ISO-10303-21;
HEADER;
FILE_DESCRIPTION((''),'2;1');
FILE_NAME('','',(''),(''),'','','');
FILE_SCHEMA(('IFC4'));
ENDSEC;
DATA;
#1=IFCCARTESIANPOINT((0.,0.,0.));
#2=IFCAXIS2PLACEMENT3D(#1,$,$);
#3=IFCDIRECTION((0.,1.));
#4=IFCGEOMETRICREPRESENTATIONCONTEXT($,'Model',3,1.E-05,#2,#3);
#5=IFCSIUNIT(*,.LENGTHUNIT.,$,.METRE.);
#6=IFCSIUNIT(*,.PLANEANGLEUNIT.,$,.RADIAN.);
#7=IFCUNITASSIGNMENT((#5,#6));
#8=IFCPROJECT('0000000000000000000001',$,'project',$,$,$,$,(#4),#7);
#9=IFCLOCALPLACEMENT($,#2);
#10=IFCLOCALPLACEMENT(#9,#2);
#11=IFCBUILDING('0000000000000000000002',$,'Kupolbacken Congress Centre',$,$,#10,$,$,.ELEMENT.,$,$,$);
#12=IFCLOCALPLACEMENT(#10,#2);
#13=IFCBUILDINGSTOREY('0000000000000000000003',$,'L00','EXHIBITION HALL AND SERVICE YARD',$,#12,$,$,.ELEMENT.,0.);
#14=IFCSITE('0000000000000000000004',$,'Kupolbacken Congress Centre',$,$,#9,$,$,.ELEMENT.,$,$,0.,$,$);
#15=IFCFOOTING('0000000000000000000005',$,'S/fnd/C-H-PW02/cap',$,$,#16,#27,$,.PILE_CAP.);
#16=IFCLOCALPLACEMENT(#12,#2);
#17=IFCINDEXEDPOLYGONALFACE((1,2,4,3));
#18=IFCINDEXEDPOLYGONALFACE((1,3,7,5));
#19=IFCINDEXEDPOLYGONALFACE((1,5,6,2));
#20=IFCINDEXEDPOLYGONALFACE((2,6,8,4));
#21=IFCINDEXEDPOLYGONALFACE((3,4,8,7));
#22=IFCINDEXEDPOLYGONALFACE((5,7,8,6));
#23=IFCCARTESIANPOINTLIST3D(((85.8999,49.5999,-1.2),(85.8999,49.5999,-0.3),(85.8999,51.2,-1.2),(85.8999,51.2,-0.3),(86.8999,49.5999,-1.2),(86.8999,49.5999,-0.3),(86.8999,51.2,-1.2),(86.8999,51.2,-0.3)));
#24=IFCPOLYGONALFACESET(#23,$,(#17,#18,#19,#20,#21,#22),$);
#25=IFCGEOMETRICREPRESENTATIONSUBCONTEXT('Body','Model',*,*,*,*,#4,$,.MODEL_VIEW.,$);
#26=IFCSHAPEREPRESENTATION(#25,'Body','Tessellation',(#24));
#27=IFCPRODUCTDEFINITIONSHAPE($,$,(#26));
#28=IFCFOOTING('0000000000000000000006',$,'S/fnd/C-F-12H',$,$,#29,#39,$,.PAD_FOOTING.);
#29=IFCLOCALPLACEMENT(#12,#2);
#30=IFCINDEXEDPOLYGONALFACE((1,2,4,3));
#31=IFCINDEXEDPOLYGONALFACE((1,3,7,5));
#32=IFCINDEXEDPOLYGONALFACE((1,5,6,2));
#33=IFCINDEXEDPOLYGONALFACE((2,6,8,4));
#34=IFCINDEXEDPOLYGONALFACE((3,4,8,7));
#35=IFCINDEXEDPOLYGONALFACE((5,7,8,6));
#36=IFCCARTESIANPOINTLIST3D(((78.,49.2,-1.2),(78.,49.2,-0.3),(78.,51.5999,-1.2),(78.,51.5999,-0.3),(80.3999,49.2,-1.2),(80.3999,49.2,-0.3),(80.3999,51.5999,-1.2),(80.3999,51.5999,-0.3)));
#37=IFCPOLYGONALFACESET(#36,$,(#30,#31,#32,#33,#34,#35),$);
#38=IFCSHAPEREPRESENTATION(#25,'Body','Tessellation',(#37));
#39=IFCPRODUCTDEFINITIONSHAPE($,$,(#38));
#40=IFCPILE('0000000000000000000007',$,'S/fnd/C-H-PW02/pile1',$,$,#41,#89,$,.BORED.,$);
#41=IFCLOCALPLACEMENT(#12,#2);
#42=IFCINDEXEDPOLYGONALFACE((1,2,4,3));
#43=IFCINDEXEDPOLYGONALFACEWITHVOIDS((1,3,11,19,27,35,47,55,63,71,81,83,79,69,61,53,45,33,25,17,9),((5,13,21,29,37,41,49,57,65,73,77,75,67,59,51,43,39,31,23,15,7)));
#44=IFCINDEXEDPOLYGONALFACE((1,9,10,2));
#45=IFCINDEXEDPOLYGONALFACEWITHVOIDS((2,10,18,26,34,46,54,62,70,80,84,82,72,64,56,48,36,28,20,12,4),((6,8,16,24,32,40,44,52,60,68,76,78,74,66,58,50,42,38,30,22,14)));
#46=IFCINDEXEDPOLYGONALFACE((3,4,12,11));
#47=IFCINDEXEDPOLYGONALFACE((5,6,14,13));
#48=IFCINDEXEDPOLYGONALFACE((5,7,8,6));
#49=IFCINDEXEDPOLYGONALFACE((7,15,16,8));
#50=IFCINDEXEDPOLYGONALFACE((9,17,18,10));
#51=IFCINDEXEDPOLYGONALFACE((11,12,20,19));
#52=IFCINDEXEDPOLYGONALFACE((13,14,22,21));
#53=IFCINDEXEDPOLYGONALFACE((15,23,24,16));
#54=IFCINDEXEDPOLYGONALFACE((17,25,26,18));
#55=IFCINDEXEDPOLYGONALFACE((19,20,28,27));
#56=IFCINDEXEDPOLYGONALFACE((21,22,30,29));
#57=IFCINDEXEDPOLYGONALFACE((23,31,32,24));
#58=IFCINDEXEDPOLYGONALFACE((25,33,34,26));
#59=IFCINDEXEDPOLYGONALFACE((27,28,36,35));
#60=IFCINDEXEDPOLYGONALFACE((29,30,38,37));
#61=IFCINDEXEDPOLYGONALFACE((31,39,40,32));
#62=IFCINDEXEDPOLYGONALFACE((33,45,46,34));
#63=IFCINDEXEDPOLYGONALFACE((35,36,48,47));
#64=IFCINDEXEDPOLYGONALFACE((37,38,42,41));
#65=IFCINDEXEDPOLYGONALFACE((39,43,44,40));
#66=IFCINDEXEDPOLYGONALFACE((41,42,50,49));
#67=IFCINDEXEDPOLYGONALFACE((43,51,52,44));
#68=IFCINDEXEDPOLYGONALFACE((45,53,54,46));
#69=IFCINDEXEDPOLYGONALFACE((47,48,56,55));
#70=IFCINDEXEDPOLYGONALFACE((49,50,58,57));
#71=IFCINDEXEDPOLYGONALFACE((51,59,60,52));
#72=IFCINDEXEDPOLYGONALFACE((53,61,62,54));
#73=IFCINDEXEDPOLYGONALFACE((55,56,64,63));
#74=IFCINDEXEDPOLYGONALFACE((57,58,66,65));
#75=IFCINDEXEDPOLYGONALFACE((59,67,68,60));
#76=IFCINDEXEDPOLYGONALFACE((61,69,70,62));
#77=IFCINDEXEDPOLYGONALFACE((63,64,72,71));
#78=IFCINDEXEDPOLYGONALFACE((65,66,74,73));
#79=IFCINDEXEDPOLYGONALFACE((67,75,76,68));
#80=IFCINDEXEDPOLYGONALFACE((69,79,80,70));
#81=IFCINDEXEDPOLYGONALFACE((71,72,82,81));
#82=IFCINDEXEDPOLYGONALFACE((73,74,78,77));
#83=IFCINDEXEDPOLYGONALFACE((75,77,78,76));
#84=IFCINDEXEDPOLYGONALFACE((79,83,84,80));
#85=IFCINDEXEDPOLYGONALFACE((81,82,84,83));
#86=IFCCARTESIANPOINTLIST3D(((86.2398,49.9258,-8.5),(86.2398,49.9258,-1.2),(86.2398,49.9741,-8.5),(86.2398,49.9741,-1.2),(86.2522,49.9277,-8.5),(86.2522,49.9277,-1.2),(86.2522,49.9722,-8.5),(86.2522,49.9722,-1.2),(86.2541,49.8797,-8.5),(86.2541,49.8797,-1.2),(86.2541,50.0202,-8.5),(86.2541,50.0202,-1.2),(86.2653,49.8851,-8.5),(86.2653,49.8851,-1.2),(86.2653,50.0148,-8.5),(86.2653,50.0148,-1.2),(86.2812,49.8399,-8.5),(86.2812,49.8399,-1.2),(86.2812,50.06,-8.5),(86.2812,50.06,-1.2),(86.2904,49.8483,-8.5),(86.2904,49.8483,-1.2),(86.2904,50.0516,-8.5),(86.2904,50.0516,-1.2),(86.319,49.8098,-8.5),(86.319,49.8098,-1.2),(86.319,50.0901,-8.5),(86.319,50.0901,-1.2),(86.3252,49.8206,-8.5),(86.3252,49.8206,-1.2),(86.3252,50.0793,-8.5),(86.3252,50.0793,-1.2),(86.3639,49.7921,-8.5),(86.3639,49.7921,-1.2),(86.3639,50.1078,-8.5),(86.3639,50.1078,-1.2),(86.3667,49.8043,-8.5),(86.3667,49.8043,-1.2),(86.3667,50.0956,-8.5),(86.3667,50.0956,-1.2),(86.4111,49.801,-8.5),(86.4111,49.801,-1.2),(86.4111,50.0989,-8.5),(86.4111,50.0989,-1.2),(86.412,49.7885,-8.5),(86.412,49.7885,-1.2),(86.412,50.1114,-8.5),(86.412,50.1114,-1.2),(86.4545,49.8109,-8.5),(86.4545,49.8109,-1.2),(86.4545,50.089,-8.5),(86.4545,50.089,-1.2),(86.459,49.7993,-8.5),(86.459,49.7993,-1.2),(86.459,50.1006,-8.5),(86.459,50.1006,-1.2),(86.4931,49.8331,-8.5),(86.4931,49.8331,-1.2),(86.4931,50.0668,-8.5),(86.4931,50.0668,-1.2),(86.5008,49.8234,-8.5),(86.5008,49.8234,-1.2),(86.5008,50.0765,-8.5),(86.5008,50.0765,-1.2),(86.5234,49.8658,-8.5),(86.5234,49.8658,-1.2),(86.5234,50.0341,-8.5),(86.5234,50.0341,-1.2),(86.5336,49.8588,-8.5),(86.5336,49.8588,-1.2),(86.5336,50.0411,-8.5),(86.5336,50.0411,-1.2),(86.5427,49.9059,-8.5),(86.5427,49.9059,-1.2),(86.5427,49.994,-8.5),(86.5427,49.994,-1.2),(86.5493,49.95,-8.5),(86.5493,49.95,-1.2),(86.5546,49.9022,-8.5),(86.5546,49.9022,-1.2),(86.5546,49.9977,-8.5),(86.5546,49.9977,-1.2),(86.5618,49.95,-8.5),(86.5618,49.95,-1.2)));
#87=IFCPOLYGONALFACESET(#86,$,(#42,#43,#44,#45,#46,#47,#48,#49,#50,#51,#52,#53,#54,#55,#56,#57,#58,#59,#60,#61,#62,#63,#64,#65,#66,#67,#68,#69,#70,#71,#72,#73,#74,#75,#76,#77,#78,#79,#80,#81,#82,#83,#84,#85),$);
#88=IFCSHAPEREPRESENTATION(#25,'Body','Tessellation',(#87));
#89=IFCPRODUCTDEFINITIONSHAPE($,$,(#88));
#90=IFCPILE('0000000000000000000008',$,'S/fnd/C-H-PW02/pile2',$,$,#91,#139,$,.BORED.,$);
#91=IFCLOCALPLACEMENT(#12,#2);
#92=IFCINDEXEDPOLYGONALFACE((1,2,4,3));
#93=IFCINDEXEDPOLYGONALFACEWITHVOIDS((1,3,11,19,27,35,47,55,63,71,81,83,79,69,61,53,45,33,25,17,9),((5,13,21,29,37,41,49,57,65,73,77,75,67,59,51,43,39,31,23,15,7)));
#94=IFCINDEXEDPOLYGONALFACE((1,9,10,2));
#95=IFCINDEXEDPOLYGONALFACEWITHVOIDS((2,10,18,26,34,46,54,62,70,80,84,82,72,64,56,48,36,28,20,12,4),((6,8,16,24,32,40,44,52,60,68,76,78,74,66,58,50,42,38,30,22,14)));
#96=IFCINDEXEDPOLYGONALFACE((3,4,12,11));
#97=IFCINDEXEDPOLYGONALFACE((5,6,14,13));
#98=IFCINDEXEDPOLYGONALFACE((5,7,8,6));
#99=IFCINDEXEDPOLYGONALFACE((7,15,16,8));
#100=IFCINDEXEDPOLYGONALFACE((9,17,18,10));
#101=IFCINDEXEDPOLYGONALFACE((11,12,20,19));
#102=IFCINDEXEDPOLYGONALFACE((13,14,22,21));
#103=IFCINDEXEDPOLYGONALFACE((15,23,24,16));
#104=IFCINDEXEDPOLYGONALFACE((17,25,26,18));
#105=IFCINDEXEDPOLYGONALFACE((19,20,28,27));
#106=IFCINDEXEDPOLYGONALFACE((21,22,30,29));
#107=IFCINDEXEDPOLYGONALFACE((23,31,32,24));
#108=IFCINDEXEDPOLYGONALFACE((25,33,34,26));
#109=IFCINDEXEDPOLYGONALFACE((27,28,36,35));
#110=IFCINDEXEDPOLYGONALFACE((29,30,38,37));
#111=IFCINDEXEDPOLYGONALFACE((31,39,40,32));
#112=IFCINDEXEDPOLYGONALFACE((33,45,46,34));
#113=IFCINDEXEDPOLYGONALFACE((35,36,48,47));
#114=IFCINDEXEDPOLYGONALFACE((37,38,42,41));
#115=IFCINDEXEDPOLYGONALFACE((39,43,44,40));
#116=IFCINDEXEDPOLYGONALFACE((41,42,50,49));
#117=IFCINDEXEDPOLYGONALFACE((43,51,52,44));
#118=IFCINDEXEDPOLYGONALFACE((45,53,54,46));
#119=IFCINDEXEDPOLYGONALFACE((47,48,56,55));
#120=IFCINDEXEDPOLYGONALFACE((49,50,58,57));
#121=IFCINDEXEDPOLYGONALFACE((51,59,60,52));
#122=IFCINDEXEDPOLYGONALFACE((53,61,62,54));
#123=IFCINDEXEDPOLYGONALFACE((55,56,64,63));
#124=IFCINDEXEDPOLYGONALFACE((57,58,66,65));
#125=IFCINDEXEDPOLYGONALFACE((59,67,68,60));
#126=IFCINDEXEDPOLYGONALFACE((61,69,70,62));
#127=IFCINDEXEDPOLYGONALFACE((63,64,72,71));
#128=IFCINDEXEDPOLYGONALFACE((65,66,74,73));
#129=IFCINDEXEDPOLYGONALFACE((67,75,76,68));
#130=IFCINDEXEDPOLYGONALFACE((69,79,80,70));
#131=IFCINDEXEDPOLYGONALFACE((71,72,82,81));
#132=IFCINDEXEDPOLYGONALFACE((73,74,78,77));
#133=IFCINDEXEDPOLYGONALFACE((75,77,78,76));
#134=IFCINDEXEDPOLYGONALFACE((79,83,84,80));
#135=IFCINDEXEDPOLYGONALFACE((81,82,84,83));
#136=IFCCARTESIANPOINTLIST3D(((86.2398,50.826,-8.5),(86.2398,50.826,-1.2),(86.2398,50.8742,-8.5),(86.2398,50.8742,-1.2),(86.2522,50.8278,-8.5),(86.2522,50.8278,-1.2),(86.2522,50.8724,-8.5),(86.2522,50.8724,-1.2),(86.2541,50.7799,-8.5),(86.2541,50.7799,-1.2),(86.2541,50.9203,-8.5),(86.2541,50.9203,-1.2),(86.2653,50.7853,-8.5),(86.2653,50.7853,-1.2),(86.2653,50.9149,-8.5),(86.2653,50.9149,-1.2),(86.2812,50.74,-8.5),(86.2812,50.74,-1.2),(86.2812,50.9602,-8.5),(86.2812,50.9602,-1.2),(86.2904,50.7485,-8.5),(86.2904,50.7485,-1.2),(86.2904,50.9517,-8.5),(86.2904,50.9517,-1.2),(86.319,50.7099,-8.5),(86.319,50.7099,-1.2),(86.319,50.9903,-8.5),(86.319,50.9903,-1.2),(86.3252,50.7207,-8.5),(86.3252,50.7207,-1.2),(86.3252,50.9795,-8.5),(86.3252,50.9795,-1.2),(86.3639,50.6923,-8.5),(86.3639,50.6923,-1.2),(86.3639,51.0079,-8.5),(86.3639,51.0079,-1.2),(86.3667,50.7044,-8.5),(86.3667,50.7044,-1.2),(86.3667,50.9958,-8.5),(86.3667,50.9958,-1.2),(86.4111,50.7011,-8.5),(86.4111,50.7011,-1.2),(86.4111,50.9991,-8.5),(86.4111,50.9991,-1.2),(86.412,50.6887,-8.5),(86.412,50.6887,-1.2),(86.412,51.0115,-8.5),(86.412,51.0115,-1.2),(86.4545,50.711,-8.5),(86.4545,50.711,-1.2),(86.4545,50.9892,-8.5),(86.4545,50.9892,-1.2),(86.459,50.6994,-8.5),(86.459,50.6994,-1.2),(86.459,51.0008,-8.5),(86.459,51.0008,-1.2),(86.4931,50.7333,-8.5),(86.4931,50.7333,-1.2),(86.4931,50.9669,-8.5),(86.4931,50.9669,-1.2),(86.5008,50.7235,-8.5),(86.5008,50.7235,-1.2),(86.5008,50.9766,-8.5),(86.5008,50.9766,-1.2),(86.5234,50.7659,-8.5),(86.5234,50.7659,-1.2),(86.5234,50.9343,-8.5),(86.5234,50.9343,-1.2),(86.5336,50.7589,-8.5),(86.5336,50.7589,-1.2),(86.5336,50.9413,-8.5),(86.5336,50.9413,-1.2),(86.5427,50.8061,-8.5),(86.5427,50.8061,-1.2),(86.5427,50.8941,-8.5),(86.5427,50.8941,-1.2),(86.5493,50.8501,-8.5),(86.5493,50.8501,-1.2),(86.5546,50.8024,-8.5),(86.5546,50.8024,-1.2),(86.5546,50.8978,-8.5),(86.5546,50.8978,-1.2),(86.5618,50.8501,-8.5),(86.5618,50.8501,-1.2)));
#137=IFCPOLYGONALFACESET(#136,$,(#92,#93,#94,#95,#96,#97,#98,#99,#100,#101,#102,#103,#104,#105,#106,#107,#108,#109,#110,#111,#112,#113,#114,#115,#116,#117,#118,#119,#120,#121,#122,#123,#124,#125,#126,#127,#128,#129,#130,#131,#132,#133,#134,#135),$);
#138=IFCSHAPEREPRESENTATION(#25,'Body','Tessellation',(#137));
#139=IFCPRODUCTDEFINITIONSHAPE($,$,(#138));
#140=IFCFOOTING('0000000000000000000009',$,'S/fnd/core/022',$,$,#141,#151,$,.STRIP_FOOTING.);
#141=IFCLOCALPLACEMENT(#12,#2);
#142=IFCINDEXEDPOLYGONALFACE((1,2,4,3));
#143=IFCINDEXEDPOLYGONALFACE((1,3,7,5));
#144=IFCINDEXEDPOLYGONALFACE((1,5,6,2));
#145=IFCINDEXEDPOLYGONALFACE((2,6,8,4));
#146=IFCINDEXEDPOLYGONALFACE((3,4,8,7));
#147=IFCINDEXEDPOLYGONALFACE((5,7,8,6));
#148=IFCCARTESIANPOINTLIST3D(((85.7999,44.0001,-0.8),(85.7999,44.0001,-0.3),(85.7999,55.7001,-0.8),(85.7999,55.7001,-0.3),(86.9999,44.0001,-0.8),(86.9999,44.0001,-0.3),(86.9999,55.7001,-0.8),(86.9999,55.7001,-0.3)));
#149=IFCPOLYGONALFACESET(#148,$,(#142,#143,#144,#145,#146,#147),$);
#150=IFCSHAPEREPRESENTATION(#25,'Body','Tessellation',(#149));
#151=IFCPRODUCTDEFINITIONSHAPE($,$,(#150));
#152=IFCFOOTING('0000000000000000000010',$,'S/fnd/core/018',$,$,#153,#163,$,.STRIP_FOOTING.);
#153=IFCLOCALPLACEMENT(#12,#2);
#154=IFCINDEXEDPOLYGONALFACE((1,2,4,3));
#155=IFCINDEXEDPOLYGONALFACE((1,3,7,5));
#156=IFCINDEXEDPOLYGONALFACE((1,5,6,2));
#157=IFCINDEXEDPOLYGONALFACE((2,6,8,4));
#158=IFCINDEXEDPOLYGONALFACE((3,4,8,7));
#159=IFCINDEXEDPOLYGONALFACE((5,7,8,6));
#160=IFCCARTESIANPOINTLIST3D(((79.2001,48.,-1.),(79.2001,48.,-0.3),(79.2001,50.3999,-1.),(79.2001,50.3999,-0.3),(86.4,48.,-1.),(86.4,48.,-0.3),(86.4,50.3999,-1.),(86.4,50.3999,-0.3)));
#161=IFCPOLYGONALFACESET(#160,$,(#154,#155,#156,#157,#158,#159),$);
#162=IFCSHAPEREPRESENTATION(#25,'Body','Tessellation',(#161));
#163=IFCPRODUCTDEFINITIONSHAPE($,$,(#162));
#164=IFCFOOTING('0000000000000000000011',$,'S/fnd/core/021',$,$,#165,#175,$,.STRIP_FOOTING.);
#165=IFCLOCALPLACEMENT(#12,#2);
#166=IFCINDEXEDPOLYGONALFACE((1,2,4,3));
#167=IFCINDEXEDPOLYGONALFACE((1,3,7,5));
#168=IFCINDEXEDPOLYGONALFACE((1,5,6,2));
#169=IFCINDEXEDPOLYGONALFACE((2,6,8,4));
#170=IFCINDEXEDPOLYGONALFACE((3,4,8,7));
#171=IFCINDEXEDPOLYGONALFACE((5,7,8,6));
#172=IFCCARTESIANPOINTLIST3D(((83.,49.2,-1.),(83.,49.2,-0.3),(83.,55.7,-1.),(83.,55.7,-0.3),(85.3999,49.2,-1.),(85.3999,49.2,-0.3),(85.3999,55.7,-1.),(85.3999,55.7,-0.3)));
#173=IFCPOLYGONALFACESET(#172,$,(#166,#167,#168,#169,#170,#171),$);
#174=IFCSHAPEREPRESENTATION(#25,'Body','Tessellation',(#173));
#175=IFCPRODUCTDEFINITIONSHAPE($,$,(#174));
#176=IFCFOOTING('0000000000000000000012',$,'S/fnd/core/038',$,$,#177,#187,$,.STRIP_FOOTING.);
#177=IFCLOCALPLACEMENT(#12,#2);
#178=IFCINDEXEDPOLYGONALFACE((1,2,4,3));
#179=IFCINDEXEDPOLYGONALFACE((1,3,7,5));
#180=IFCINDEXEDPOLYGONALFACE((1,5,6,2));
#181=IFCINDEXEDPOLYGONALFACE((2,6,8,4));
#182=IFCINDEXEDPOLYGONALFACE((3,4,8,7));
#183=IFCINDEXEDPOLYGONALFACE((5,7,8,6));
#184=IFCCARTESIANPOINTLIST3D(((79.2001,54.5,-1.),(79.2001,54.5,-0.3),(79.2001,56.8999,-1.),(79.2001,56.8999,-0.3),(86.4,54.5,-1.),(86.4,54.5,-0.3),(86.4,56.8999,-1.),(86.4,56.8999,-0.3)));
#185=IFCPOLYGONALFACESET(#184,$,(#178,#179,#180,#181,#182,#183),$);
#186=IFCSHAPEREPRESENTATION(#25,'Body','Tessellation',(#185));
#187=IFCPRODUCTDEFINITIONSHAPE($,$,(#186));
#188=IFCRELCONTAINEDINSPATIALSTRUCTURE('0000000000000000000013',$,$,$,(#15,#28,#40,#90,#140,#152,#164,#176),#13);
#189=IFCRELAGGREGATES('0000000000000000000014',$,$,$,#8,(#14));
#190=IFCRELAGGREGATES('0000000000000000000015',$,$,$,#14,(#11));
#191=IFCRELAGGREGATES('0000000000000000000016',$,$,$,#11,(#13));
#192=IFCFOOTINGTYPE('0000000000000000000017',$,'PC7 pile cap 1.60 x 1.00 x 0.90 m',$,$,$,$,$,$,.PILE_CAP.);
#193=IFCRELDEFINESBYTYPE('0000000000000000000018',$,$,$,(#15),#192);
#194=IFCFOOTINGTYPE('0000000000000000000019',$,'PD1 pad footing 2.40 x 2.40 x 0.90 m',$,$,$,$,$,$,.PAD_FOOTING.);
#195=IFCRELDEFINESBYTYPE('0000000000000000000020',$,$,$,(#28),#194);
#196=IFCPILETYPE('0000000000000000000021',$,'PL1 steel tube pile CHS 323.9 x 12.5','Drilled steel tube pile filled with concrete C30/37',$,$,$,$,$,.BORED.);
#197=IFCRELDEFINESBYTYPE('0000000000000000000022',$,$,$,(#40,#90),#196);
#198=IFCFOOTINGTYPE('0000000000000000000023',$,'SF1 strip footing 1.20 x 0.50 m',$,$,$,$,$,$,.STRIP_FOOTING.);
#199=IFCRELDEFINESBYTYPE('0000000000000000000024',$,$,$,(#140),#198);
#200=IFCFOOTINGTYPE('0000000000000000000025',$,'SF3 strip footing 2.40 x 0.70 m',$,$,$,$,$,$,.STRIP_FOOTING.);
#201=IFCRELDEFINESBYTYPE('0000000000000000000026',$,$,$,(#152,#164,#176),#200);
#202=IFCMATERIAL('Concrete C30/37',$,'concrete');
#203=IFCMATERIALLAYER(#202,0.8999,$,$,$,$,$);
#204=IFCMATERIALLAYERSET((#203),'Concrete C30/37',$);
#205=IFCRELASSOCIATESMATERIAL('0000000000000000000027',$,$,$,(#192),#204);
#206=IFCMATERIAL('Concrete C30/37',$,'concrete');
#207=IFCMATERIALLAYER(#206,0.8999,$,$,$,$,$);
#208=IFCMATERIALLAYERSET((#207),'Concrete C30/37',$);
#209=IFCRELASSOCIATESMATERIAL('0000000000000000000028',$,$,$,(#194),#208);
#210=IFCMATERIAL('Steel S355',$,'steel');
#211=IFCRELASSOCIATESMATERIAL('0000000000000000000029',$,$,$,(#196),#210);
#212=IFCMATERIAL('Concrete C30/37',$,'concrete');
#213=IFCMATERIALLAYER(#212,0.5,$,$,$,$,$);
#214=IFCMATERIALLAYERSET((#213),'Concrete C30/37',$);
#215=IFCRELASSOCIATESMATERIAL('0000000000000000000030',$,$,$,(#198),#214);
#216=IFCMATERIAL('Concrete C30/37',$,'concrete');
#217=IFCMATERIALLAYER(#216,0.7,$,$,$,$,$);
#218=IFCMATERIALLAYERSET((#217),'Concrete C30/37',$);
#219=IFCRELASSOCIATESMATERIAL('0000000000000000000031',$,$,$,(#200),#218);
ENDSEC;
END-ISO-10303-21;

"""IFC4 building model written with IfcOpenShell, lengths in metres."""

from ifc_helpers import new_model, si_unit, direction, frame, origin, origin_2d, place, context, subcontext, project, spatial, rectangle, hollow_circle, extrude, material, layer, layer_set, material_profile, profile_set, type_object, element, save


model = new_model("IFC4")

# Units and contexts
model_context = context("Model", 3, precision=1e-05, world=origin(), true_north=direction((0.0, 1.0)))
body_context = subcontext(model_context, "Body", "Model", "MODEL_VIEW")
ifc_project = project(units=[si_unit("LENGTHUNIT", "METRE"), si_unit("PLANEANGLEUNIT", "RADIAN")], contexts=[model_context])

# Site, building, storey
site_placement = place(None, origin())
site = spatial("IfcSite", under=ifc_project, at=site_placement, Name="Kupolbacken Congress Centre", CompositionType="ELEMENT", RefElevation=0.0)
building_placement = place(site_placement, origin())
building = spatial("IfcBuilding", under=site, at=building_placement, Name="Kupolbacken Congress Centre", CompositionType="ELEMENT")
storey_placement = place(building_placement, origin())
storey = spatial("IfcBuildingStorey", under=building, at=storey_placement, Name="L00", Description="EXHIBITION HALL AND SERVICE YARD", CompositionType="ELEMENT", Elevation=0.0)

# Footings
ifc_material_1 = material(Name="Concrete C30/37", Category="concrete")
ifc_layer_1 = layer(ifc_material_1, 0.8999)
ifc_layer_set_1 = layer_set([ifc_layer_1], Name="Concrete C30/37")
footing_type_1 = type_object("IfcFootingType", Name="PC7 pile cap 1.60 x 1.00 x 0.90 m", PredefinedType="PILE_CAP", material=ifc_layer_set_1)
footing_1_placement = place(storey_placement, frame((86.3999, 50.3999, -1.2), z_axis=(0.0, 0.0, 1.0), x_axis=(1.0, 0.0, 0.0)))
element("IfcFooting", 1, at=footing_1_placement, inside=storey, type_object=footing_type_1, Name="S/fnd/C-H-PW02/cap", PredefinedType="PILE_CAP", context=body_context, shape_type="SweptSolid", body=[
    extrude(rectangle(XDim=1.0, YDim=1.6001, at=origin_2d()), origin(), (0.0, 0.0, 1.0), 0.8999),
])
ifc_material_2 = material(Name="Concrete C30/37", Category="concrete")
ifc_layer_2 = layer(ifc_material_2, 0.8999)
ifc_layer_set_2 = layer_set([ifc_layer_2], Name="Concrete C30/37")
footing_type_2 = type_object("IfcFootingType", Name="PD1 pad footing 2.40 x 2.40 x 0.90 m", PredefinedType="PAD_FOOTING", material=ifc_layer_set_2)
footing_2_placement = place(storey_placement, frame((79.2, 50.3999, -1.2), z_axis=(0.0, 0.0, 1.0), x_axis=(1.0, 0.0, 0.0)))
element("IfcFooting", 2, at=footing_2_placement, inside=storey, type_object=footing_type_2, Name="S/fnd/C-F-12H", PredefinedType="PAD_FOOTING", context=body_context, shape_type="SweptSolid", body=[
    extrude(rectangle(XDim=2.3999, YDim=2.3999, at=origin_2d()), origin(), (0.0, 0.0, 1.0), 0.8999),
])

# Piles
ifc_material_3 = material(Name="Steel S355", Category="steel")
ifc_material_profile_1 = material_profile(ifc_material_3, hollow_circle(Radius=0.1619, WallThickness=0.0125, at=origin_2d()), Name="CHS 323.9 x 12.5")
ifc_profile_set_1 = profile_set([ifc_material_profile_1], Name="Steel S355")
pile_type = type_object("IfcPileType", Name="PL1 steel tube pile CHS 323.9 x 12.5", Description="Drilled steel tube pile filled with concrete C30/37", PredefinedType="BORED", material=ifc_profile_set_1)
for number, where, z_axis, x_axis, name in (
    (3, (86.3999, 49.95, -1.2), (0.0, 0.0, -1.0), (1.0, 0.0, 0.0), "S/fnd/C-H-PW02/pile1"),
    (4, (86.3999, 50.8501, -1.2), (0.0, 0.0, -1.0), (1.0, 0.0, 0.0), "S/fnd/C-H-PW02/pile2"),
):
    element("IfcPile", number, at=place(storey_placement, frame(where, z_axis=z_axis, x_axis=x_axis)), inside=storey, type_object=pile_type, Name=name, PredefinedType="BORED", context=body_context, shape_type="SweptSolid", body=[
        extrude(hollow_circle(Radius=0.1619, WallThickness=0.0125, at=origin_2d()), origin(), (0.0, 0.0, 1.0), 7.3),
    ])

# Footings
ifc_material_4 = material(Name="Concrete C30/37", Category="concrete")
ifc_layer_3 = layer(ifc_material_4, 0.5)
ifc_layer_set_3 = layer_set([ifc_layer_3], Name="Concrete C30/37")
footing_type_3 = type_object("IfcFootingType", Name="SF1 strip footing 1.20 x 0.50 m", PredefinedType="STRIP_FOOTING", material=ifc_layer_set_3)
footing_3_placement = place(storey_placement, frame((86.3999, 49.8501, -0.8), z_axis=(0.0, 0.0, 1.0), x_axis=(0.0, 1.0, 0.0)))
element("IfcFooting", 5, at=footing_3_placement, inside=storey, type_object=footing_type_3, Name="S/fnd/core/022", PredefinedType="STRIP_FOOTING", context=body_context, shape_type="SweptSolid", body=[
    extrude(rectangle(XDim=11.7, YDim=1.2, at=origin_2d()), origin(), (0.0, 0.0, 1.0), 0.5),
])
ifc_material_5 = material(Name="Concrete C30/37", Category="concrete")
ifc_layer_4 = layer(ifc_material_5, 0.7)
ifc_layer_set_4 = layer_set([ifc_layer_4], Name="Concrete C30/37")
footing_type_4 = type_object("IfcFootingType", Name="SF3 strip footing 2.40 x 0.70 m", PredefinedType="STRIP_FOOTING", material=ifc_layer_set_4)
footing_4_placement = place(storey_placement, frame((82.8, 49.2, -1.0), z_axis=(0.0, 0.0, 1.0), x_axis=(1.0, 0.0, 0.0)))
element("IfcFooting", 6, at=footing_4_placement, inside=storey, type_object=footing_type_4, Name="S/fnd/core/018", PredefinedType="STRIP_FOOTING", context=body_context, shape_type="SweptSolid", body=[
    extrude(rectangle(XDim=7.2, YDim=2.3999, at=origin_2d()), origin(), (0.0, 0.0, 1.0), 0.7),
])
footing_5_placement = place(storey_placement, frame((84.2, 52.45, -1.0), z_axis=(0.0, 0.0, 1.0), x_axis=(0.0, 1.0, 0.0)))
element("IfcFooting", 7, at=footing_5_placement, inside=storey, type_object=footing_type_4, Name="S/fnd/core/021", PredefinedType="STRIP_FOOTING", context=body_context, shape_type="SweptSolid", body=[
    extrude(rectangle(XDim=6.5, YDim=2.3999, at=origin_2d()), origin(), (0.0, 0.0, 1.0), 0.7),
])
footing_6_placement = place(storey_placement, frame((82.8, 55.7, -1.0), z_axis=(0.0, 0.0, 1.0), x_axis=(1.0, 0.0, 0.0)))
element("IfcFooting", 8, at=footing_6_placement, inside=storey, type_object=footing_type_4, Name="S/fnd/core/038", PredefinedType="STRIP_FOOTING", context=body_context, shape_type="SweptSolid", body=[
    extrude(rectangle(XDim=7.2, YDim=2.3999, at=origin_2d()), origin(), (0.0, 0.0, 1.0), 0.7),
])

save(model, "model.ifc")
